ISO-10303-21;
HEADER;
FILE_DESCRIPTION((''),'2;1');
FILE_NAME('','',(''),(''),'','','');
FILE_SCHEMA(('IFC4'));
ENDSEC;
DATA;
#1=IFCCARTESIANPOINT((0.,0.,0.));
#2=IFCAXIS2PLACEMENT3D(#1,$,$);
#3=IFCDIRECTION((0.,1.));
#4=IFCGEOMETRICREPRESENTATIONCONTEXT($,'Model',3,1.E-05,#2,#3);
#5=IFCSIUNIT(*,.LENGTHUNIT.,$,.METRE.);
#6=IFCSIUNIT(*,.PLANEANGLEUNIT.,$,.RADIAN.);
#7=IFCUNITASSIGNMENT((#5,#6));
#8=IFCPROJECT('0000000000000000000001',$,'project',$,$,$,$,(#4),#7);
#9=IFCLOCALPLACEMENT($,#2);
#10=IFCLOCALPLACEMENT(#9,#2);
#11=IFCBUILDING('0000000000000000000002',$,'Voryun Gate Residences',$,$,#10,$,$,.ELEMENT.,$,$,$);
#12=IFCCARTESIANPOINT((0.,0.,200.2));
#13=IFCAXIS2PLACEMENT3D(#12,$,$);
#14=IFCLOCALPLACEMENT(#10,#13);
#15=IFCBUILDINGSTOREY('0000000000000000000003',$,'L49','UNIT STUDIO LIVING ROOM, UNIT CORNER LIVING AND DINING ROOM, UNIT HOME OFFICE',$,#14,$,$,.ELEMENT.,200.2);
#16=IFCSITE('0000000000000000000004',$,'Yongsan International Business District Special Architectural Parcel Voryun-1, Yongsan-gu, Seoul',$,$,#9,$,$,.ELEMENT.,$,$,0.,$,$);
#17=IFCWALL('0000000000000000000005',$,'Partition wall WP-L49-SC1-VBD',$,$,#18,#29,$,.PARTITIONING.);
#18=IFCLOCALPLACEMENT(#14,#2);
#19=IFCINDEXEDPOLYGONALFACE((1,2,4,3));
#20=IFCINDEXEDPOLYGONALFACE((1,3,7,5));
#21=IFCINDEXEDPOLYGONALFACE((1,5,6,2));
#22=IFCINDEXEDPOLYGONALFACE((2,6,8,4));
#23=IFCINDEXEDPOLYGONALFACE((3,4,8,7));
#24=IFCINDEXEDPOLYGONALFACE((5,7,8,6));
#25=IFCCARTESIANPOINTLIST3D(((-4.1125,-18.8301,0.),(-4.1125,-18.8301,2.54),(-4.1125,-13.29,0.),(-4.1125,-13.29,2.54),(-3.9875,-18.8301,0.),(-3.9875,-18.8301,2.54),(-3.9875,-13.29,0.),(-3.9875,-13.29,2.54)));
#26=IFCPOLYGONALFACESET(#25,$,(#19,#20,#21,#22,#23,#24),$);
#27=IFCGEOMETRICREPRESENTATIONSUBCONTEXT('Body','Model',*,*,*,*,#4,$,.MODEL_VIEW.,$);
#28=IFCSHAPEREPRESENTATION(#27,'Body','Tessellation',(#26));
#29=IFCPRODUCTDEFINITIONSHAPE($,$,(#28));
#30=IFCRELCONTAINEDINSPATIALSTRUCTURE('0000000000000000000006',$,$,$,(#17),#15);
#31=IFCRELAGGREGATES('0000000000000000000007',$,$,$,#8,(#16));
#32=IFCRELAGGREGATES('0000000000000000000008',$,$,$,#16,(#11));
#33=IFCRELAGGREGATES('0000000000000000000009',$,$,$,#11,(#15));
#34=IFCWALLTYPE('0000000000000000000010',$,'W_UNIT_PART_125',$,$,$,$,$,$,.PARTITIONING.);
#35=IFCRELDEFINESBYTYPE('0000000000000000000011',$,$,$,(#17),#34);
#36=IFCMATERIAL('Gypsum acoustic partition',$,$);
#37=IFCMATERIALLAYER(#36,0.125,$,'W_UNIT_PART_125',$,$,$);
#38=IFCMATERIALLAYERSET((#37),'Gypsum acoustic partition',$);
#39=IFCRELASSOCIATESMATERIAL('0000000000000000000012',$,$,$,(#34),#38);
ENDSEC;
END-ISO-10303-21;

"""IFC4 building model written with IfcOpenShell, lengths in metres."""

from ifc_helpers import new_model, si_unit, direction, frame, frame_2d, origin, place, context, subcontext, project, spatial, rectangle, extrude, material, layer, layer_set, type_object, element, save


model = new_model("IFC4")

# Units and contexts
model_context = context("Model", 3, precision=1e-05, world=origin(), true_north=direction((0.0, 1.0)))
body_context = subcontext(model_context, "Body", "Model", "MODEL_VIEW")
ifc_project = project(units=[si_unit("LENGTHUNIT", "METRE"), si_unit("PLANEANGLEUNIT", "RADIAN")], contexts=[model_context])

# Site, building, storey
site_placement = place(None, origin())
site = spatial("IfcSite", under=ifc_project, at=site_placement, Name="Yongsan International Business District Special Architectural Parcel Voryun-1, Yongsan-gu, Seoul", CompositionType="ELEMENT", RefElevation=0.0)
building_placement = place(site_placement, origin())
building = spatial("IfcBuilding", under=site, at=building_placement, Name="Voryun Gate Residences", CompositionType="ELEMENT")
storey_placement = place(building_placement, frame((0.0, 0.0, 200.2)))
storey = spatial("IfcBuildingStorey", under=building, at=storey_placement, Name="L49", Description="UNIT STUDIO LIVING ROOM, UNIT CORNER LIVING AND DINING ROOM, UNIT HOME OFFICE", CompositionType="ELEMENT", Elevation=200.2)

# Wall
ifc_material_1 = material(Name="Gypsum acoustic partition")
ifc_layer_1 = layer(ifc_material_1, 0.125, Name="W_UNIT_PART_125")
ifc_layer_set_1 = layer_set([ifc_layer_1], Name="Gypsum acoustic partition")
wall_type_1 = type_object("IfcWallType", Name="W_UNIT_PART_125", PredefinedType="PARTITIONING", material=ifc_layer_set_1)
wall_1_placement = place(storey_placement, frame((-4.05, -18.8301, 0.0), z_axis=(0.0, 0.0, 1.0), x_axis=(0.0, 1.0, 0.0)))
element("IfcWall", 1, at=wall_1_placement, inside=storey, type_object=wall_type_1, Name="Partition wall WP-L49-SC1-VBD", PredefinedType="PARTITIONING", context=body_context, shape_type="SweptSolid", body=[
    extrude(rectangle(XDim=5.54, YDim=0.125, at=frame_2d((2.77, 0.0))), origin(), (0.0, 0.0, 1.0), 2.54),
])

save(model, "model.ifc")
